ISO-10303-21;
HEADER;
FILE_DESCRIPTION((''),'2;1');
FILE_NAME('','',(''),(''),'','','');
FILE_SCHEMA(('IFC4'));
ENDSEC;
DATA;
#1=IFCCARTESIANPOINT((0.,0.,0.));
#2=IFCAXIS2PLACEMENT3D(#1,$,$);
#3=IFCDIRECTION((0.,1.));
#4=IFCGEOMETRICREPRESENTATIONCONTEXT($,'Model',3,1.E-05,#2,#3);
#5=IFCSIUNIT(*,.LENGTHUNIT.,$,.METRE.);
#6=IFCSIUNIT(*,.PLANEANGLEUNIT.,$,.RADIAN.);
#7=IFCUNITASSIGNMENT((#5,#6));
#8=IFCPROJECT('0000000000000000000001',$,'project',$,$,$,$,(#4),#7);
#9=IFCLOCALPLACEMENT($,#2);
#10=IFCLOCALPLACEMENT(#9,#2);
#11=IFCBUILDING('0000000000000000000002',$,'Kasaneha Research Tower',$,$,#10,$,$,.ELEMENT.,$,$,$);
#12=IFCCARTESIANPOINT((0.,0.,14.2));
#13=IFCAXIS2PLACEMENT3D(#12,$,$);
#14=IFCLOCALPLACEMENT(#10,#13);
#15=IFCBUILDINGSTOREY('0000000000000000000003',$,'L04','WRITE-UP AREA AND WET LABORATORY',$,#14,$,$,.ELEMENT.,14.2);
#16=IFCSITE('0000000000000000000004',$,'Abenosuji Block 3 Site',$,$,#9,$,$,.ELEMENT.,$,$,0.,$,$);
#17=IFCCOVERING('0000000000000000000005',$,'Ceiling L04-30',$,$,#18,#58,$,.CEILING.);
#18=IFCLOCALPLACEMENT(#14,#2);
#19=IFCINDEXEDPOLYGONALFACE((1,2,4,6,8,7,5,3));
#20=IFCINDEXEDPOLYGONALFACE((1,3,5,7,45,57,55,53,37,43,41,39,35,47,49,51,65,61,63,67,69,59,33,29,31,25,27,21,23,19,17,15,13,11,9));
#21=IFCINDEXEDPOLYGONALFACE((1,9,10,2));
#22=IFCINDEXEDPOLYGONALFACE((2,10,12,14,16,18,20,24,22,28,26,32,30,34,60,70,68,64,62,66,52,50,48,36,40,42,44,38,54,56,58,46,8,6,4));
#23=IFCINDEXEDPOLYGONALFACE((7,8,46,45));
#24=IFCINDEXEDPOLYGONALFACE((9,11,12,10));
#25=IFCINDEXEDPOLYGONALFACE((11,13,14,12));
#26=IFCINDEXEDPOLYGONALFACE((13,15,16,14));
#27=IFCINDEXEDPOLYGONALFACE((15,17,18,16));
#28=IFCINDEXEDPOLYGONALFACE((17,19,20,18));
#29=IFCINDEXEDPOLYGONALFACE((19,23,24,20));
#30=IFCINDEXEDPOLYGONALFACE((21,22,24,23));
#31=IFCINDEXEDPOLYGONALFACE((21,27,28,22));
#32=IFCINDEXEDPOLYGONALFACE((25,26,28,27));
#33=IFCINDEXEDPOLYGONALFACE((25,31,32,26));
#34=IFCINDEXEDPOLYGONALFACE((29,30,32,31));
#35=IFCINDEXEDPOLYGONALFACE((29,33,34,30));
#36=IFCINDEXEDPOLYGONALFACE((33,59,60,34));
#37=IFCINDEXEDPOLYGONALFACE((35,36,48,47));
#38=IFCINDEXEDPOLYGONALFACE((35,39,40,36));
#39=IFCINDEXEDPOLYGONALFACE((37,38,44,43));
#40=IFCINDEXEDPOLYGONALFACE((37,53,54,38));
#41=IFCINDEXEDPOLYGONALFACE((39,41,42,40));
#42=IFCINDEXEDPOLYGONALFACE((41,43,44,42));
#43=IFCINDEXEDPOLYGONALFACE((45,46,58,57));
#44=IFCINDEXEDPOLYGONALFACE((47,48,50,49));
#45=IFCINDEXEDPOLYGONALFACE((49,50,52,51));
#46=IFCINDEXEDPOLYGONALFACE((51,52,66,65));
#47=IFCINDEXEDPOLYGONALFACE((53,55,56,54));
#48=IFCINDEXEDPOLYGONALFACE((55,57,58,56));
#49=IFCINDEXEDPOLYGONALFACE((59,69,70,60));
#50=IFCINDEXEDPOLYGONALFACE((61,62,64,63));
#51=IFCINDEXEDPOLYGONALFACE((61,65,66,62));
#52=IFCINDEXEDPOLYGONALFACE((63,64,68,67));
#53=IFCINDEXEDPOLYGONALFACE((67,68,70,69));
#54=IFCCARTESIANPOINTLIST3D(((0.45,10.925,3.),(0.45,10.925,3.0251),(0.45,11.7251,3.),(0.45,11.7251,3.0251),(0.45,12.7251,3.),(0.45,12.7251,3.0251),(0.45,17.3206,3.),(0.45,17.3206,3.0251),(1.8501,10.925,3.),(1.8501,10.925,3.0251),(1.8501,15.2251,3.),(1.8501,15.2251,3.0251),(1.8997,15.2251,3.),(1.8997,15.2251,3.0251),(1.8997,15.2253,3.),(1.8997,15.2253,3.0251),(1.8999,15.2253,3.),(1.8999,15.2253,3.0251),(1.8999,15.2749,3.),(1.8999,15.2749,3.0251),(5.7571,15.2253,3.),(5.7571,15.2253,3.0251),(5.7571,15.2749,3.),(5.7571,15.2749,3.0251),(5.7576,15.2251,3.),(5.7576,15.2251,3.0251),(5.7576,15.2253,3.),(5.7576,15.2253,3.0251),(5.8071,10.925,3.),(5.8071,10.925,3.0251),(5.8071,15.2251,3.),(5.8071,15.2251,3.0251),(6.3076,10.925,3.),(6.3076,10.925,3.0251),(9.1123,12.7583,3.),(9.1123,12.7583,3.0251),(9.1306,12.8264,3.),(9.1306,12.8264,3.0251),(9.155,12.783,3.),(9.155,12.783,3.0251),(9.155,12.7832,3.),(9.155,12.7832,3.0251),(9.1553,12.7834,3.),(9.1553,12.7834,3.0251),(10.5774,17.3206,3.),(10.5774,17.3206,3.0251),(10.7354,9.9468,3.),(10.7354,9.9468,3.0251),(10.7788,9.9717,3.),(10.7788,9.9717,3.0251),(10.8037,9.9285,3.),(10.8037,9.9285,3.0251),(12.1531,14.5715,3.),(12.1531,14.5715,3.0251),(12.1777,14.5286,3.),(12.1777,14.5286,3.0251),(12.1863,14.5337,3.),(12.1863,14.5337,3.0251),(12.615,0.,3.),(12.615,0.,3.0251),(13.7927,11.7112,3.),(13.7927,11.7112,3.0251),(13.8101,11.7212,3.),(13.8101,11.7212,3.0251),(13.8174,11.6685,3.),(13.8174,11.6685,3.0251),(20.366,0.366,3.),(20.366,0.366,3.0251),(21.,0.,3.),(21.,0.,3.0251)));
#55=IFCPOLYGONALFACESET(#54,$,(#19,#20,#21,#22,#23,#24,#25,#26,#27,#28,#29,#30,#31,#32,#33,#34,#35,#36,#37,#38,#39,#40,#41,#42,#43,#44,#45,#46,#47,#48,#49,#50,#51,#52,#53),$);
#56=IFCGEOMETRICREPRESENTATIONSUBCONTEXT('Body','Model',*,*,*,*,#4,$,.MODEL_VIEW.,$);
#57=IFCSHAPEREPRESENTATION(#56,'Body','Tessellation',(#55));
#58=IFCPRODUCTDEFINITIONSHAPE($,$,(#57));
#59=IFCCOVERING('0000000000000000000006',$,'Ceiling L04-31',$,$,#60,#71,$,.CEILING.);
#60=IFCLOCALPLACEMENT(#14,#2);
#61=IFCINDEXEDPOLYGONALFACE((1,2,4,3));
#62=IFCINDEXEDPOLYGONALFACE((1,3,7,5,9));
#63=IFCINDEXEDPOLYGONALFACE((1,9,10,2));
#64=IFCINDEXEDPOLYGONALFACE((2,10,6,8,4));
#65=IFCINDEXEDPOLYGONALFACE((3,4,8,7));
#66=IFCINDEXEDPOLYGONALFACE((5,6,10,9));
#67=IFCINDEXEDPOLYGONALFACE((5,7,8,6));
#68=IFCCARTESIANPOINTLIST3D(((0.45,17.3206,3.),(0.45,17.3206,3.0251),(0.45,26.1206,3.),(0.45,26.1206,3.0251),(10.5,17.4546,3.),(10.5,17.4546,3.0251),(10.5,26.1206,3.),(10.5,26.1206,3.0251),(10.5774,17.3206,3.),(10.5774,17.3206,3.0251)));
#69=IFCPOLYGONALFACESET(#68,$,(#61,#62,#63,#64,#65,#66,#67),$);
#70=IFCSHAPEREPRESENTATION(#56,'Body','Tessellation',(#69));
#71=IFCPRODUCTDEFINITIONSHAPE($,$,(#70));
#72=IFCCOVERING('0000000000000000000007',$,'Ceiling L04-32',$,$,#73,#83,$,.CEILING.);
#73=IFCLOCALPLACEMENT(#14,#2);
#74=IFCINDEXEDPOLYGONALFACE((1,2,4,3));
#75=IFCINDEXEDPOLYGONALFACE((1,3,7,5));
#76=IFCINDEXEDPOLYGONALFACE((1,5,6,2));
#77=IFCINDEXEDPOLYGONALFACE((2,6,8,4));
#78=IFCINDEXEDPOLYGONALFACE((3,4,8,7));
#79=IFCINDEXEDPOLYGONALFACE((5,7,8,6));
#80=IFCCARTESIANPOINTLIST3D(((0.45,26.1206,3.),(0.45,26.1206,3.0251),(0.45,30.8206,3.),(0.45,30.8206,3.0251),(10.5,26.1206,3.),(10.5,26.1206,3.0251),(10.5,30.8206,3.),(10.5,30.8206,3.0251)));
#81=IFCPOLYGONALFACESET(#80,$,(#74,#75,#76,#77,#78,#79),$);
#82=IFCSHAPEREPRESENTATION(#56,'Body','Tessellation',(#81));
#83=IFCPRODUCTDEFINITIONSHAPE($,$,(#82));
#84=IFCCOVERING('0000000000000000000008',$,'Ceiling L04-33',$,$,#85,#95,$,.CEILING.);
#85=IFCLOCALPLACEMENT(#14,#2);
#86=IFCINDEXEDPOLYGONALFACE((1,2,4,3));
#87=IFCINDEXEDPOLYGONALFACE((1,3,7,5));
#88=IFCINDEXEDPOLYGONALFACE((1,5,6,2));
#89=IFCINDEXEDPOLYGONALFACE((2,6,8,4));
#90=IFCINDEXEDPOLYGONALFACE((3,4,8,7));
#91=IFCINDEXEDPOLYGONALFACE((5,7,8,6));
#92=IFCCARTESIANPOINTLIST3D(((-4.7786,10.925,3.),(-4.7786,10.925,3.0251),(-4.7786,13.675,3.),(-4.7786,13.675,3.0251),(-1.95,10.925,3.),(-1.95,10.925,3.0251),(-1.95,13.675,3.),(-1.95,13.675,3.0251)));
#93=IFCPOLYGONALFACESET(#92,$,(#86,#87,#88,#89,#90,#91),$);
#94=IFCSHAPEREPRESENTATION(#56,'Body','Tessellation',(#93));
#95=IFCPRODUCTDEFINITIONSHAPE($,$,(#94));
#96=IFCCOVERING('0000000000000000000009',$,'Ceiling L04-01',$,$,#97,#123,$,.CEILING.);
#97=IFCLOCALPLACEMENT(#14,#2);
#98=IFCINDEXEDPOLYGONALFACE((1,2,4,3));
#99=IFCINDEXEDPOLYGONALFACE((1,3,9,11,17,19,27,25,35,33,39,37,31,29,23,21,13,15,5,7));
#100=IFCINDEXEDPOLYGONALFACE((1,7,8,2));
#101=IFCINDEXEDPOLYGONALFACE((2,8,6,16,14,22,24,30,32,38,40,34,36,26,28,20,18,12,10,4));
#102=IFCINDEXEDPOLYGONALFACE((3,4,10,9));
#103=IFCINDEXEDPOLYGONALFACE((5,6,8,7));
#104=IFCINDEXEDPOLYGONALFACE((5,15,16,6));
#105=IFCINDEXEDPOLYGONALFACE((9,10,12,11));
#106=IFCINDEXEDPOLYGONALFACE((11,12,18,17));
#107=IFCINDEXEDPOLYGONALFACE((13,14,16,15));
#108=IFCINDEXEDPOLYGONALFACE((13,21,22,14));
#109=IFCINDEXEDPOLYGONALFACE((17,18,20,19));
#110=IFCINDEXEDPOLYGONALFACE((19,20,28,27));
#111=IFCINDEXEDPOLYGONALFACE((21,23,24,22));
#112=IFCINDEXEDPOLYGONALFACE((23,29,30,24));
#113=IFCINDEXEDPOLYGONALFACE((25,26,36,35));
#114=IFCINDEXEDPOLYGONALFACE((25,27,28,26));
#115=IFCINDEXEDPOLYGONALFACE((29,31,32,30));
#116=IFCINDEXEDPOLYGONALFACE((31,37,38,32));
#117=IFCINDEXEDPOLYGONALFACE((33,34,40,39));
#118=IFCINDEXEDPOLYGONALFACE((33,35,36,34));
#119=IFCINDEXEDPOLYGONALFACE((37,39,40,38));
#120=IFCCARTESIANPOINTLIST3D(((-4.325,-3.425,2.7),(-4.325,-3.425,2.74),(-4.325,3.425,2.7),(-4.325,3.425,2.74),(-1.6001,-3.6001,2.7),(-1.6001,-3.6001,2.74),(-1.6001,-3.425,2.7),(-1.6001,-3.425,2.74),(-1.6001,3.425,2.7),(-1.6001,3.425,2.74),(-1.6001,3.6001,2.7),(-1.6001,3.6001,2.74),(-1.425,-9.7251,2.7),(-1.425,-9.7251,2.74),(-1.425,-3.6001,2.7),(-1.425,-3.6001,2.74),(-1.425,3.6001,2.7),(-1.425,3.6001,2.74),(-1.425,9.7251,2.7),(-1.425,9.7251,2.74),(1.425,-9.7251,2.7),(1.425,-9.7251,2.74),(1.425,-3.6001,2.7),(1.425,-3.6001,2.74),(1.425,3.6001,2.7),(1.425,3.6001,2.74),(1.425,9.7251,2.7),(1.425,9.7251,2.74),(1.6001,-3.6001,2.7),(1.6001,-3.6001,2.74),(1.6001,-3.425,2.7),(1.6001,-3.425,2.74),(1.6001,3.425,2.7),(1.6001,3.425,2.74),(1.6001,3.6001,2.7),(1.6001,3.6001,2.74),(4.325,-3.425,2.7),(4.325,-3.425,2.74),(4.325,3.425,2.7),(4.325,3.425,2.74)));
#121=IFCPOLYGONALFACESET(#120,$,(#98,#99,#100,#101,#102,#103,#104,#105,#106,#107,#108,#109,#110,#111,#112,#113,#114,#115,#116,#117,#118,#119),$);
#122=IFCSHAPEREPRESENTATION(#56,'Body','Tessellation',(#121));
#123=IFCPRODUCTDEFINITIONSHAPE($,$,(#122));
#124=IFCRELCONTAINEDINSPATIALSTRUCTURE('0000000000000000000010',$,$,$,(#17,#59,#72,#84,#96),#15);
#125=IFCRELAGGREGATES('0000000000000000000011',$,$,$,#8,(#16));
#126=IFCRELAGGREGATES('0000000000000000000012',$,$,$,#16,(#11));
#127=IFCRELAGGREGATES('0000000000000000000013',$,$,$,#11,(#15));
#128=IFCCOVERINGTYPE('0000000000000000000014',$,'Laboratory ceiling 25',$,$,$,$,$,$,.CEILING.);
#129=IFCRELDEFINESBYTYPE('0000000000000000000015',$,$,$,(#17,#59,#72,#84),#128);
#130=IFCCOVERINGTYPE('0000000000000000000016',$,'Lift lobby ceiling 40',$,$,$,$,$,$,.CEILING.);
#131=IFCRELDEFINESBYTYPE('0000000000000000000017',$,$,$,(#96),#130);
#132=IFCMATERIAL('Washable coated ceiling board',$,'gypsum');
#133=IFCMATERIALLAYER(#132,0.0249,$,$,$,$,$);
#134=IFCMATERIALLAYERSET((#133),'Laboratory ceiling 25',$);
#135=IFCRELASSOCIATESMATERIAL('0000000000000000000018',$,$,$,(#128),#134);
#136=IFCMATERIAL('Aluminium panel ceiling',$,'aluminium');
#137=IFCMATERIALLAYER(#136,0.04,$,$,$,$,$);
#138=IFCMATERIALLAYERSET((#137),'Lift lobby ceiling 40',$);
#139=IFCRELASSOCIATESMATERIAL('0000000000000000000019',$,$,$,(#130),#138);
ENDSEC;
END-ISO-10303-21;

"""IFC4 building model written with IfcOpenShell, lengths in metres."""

from ifc_helpers import new_model, si_unit, direction, frame, origin, place, context, subcontext, project, spatial, polyline, outline, extrude, material, layer, layer_set, type_object, element, save


model = new_model("IFC4")

# Units and contexts
model_context = context("Model", 3, precision=1e-05, world=origin(), true_north=direction((0.0, 1.0)))
body_context = subcontext(model_context, "Body", "Model", "MODEL_VIEW")
ifc_project = project(units=[si_unit("LENGTHUNIT", "METRE"), si_unit("PLANEANGLEUNIT", "RADIAN")], contexts=[model_context])

# Site, building, storey
site_placement = place(None, origin())
site = spatial("IfcSite", under=ifc_project, at=site_placement, Name="Abenosuji Block 3 Site", CompositionType="ELEMENT", RefElevation=0.0)
building_placement = place(site_placement, origin())
building = spatial("IfcBuilding", under=site, at=building_placement, Name="Kasaneha Research Tower", CompositionType="ELEMENT")
storey_placement = place(building_placement, frame((0.0, 0.0, 14.2)))
storey = spatial("IfcBuildingStorey", under=building, at=storey_placement, Name="L04", Description="WRITE-UP AREA AND WET LABORATORY", CompositionType="ELEMENT", Elevation=14.2)

# Coverings
ifc_material_1 = material(Name="Washable coated ceiling board", Category="gypsum")
ifc_layer_1 = layer(ifc_material_1, 0.0249)
ifc_layer_set_1 = layer_set([ifc_layer_1], Name="Laboratory ceiling 25")
covering_type_1 = type_object("IfcCoveringType", Name="Laboratory ceiling 25", PredefinedType="CEILING", material=ifc_layer_set_1)
covering_1_placement = place(storey_placement, frame((0.0, 0.0, 3.0)))
element("IfcCovering", 1, at=covering_1_placement, inside=storey, type_object=covering_type_1, Name="Ceiling L04-30", PredefinedType="CEILING", context=body_context, shape_type="SweptSolid", body=[
    extrude(outline(polyline([(6.3076, 10.925), (5.8071, 10.925), (5.8071, 15.2251), (5.7576, 15.2251), (5.7576, 15.2253), (5.7571, 15.2253), (5.7571, 15.2749), (1.8999, 15.2749), (1.8999, 15.2253), (1.8997, 15.2253), (1.8997, 15.2251), (1.8501, 15.2251), (1.8501, 10.925), (0.45, 10.925), (0.45, 11.7251), (0.45, 12.7251), (0.45, 17.3206), (10.5774, 17.3206), (12.1863, 14.5337), (12.1777, 14.5286), (12.1531, 14.5715), (9.1306, 12.8264), (9.1553, 12.7834), (9.155, 12.7832), (9.155, 12.783), (9.1123, 12.7583), (10.7354, 9.9468), (10.7788, 9.9717), (10.8037, 9.9285), (13.8174, 11.6685), (13.7927, 11.7112), (13.8101, 11.7212), (20.366, 0.366), (21.0, 0.0), (12.615, 0.0), (6.3076, 10.925)])), origin(), (0.0, 0.0, 1.0), 0.0251),
])
covering_2_placement = place(storey_placement, frame((0.0, 0.0, 3.0)))
element("IfcCovering", 2, at=covering_2_placement, inside=storey, type_object=covering_type_1, Name="Ceiling L04-31", PredefinedType="CEILING", context=body_context, shape_type="SweptSolid", body=[
    extrude(outline(polyline([(10.5, 26.1206), (10.5, 17.4546), (10.5774, 17.3206), (0.45, 17.3206), (0.45, 26.1206), (10.5, 26.1206)])), origin(), (0.0, 0.0, 1.0), 0.0251),
])
covering_3_placement = place(storey_placement, frame((0.0, 0.0, 3.0)))
element("IfcCovering", 3, at=covering_3_placement, inside=storey, type_object=covering_type_1, Name="Ceiling L04-32", PredefinedType="CEILING", context=body_context, shape_type="SweptSolid", body=[
    extrude(outline(polyline([(10.5, 30.8206), (10.5, 26.1206), (0.45, 26.1206), (0.45, 30.8206), (10.5, 30.8206)])), origin(), (0.0, 0.0, 1.0), 0.0251),
])
covering_4_placement = place(storey_placement, frame((0.0, 0.0, 3.0)))
element("IfcCovering", 4, at=covering_4_placement, inside=storey, type_object=covering_type_1, Name="Ceiling L04-33", PredefinedType="CEILING", context=body_context, shape_type="SweptSolid", body=[
    extrude(outline(polyline([(-4.7786, 10.925), (-4.7786, 13.675), (-1.95, 13.675), (-1.95, 10.925), (-4.7786, 10.925)])), origin(), (0.0, 0.0, 1.0), 0.0251),
])
ifc_material_2 = material(Name="Aluminium panel ceiling", Category="aluminium")
ifc_layer_2 = layer(ifc_material_2, 0.04)
ifc_layer_set_2 = layer_set([ifc_layer_2], Name="Lift lobby ceiling 40")
covering_type_2 = type_object("IfcCoveringType", Name="Lift lobby ceiling 40", PredefinedType="CEILING", material=ifc_layer_set_2)
covering_5_placement = place(storey_placement, frame((0.0, 0.0, 2.7)))
element("IfcCovering", 5, at=covering_5_placement, inside=storey, type_object=covering_type_2, Name="Ceiling L04-01", PredefinedType="CEILING", context=body_context, shape_type="SweptSolid", body=[
    extrude(outline(polyline([(1.425, 9.7251), (1.425, 3.6001), (1.6001, 3.6001), (1.6001, 3.425), (4.325, 3.425), (4.325, -3.425), (1.6001, -3.425), (1.6001, -3.6001), (1.425, -3.6001), (1.425, -9.7251), (-1.425, -9.7251), (-1.425, -3.6001), (-1.6001, -3.6001), (-1.6001, -3.425), (-4.325, -3.425), (-4.325, 3.425), (-1.6001, 3.425), (-1.6001, 3.6001), (-1.425, 3.6001), (-1.425, 9.7251), (1.425, 9.7251)])), origin(), (0.0, 0.0, 1.0), 0.04),
])

save(model, "model.ifc")
